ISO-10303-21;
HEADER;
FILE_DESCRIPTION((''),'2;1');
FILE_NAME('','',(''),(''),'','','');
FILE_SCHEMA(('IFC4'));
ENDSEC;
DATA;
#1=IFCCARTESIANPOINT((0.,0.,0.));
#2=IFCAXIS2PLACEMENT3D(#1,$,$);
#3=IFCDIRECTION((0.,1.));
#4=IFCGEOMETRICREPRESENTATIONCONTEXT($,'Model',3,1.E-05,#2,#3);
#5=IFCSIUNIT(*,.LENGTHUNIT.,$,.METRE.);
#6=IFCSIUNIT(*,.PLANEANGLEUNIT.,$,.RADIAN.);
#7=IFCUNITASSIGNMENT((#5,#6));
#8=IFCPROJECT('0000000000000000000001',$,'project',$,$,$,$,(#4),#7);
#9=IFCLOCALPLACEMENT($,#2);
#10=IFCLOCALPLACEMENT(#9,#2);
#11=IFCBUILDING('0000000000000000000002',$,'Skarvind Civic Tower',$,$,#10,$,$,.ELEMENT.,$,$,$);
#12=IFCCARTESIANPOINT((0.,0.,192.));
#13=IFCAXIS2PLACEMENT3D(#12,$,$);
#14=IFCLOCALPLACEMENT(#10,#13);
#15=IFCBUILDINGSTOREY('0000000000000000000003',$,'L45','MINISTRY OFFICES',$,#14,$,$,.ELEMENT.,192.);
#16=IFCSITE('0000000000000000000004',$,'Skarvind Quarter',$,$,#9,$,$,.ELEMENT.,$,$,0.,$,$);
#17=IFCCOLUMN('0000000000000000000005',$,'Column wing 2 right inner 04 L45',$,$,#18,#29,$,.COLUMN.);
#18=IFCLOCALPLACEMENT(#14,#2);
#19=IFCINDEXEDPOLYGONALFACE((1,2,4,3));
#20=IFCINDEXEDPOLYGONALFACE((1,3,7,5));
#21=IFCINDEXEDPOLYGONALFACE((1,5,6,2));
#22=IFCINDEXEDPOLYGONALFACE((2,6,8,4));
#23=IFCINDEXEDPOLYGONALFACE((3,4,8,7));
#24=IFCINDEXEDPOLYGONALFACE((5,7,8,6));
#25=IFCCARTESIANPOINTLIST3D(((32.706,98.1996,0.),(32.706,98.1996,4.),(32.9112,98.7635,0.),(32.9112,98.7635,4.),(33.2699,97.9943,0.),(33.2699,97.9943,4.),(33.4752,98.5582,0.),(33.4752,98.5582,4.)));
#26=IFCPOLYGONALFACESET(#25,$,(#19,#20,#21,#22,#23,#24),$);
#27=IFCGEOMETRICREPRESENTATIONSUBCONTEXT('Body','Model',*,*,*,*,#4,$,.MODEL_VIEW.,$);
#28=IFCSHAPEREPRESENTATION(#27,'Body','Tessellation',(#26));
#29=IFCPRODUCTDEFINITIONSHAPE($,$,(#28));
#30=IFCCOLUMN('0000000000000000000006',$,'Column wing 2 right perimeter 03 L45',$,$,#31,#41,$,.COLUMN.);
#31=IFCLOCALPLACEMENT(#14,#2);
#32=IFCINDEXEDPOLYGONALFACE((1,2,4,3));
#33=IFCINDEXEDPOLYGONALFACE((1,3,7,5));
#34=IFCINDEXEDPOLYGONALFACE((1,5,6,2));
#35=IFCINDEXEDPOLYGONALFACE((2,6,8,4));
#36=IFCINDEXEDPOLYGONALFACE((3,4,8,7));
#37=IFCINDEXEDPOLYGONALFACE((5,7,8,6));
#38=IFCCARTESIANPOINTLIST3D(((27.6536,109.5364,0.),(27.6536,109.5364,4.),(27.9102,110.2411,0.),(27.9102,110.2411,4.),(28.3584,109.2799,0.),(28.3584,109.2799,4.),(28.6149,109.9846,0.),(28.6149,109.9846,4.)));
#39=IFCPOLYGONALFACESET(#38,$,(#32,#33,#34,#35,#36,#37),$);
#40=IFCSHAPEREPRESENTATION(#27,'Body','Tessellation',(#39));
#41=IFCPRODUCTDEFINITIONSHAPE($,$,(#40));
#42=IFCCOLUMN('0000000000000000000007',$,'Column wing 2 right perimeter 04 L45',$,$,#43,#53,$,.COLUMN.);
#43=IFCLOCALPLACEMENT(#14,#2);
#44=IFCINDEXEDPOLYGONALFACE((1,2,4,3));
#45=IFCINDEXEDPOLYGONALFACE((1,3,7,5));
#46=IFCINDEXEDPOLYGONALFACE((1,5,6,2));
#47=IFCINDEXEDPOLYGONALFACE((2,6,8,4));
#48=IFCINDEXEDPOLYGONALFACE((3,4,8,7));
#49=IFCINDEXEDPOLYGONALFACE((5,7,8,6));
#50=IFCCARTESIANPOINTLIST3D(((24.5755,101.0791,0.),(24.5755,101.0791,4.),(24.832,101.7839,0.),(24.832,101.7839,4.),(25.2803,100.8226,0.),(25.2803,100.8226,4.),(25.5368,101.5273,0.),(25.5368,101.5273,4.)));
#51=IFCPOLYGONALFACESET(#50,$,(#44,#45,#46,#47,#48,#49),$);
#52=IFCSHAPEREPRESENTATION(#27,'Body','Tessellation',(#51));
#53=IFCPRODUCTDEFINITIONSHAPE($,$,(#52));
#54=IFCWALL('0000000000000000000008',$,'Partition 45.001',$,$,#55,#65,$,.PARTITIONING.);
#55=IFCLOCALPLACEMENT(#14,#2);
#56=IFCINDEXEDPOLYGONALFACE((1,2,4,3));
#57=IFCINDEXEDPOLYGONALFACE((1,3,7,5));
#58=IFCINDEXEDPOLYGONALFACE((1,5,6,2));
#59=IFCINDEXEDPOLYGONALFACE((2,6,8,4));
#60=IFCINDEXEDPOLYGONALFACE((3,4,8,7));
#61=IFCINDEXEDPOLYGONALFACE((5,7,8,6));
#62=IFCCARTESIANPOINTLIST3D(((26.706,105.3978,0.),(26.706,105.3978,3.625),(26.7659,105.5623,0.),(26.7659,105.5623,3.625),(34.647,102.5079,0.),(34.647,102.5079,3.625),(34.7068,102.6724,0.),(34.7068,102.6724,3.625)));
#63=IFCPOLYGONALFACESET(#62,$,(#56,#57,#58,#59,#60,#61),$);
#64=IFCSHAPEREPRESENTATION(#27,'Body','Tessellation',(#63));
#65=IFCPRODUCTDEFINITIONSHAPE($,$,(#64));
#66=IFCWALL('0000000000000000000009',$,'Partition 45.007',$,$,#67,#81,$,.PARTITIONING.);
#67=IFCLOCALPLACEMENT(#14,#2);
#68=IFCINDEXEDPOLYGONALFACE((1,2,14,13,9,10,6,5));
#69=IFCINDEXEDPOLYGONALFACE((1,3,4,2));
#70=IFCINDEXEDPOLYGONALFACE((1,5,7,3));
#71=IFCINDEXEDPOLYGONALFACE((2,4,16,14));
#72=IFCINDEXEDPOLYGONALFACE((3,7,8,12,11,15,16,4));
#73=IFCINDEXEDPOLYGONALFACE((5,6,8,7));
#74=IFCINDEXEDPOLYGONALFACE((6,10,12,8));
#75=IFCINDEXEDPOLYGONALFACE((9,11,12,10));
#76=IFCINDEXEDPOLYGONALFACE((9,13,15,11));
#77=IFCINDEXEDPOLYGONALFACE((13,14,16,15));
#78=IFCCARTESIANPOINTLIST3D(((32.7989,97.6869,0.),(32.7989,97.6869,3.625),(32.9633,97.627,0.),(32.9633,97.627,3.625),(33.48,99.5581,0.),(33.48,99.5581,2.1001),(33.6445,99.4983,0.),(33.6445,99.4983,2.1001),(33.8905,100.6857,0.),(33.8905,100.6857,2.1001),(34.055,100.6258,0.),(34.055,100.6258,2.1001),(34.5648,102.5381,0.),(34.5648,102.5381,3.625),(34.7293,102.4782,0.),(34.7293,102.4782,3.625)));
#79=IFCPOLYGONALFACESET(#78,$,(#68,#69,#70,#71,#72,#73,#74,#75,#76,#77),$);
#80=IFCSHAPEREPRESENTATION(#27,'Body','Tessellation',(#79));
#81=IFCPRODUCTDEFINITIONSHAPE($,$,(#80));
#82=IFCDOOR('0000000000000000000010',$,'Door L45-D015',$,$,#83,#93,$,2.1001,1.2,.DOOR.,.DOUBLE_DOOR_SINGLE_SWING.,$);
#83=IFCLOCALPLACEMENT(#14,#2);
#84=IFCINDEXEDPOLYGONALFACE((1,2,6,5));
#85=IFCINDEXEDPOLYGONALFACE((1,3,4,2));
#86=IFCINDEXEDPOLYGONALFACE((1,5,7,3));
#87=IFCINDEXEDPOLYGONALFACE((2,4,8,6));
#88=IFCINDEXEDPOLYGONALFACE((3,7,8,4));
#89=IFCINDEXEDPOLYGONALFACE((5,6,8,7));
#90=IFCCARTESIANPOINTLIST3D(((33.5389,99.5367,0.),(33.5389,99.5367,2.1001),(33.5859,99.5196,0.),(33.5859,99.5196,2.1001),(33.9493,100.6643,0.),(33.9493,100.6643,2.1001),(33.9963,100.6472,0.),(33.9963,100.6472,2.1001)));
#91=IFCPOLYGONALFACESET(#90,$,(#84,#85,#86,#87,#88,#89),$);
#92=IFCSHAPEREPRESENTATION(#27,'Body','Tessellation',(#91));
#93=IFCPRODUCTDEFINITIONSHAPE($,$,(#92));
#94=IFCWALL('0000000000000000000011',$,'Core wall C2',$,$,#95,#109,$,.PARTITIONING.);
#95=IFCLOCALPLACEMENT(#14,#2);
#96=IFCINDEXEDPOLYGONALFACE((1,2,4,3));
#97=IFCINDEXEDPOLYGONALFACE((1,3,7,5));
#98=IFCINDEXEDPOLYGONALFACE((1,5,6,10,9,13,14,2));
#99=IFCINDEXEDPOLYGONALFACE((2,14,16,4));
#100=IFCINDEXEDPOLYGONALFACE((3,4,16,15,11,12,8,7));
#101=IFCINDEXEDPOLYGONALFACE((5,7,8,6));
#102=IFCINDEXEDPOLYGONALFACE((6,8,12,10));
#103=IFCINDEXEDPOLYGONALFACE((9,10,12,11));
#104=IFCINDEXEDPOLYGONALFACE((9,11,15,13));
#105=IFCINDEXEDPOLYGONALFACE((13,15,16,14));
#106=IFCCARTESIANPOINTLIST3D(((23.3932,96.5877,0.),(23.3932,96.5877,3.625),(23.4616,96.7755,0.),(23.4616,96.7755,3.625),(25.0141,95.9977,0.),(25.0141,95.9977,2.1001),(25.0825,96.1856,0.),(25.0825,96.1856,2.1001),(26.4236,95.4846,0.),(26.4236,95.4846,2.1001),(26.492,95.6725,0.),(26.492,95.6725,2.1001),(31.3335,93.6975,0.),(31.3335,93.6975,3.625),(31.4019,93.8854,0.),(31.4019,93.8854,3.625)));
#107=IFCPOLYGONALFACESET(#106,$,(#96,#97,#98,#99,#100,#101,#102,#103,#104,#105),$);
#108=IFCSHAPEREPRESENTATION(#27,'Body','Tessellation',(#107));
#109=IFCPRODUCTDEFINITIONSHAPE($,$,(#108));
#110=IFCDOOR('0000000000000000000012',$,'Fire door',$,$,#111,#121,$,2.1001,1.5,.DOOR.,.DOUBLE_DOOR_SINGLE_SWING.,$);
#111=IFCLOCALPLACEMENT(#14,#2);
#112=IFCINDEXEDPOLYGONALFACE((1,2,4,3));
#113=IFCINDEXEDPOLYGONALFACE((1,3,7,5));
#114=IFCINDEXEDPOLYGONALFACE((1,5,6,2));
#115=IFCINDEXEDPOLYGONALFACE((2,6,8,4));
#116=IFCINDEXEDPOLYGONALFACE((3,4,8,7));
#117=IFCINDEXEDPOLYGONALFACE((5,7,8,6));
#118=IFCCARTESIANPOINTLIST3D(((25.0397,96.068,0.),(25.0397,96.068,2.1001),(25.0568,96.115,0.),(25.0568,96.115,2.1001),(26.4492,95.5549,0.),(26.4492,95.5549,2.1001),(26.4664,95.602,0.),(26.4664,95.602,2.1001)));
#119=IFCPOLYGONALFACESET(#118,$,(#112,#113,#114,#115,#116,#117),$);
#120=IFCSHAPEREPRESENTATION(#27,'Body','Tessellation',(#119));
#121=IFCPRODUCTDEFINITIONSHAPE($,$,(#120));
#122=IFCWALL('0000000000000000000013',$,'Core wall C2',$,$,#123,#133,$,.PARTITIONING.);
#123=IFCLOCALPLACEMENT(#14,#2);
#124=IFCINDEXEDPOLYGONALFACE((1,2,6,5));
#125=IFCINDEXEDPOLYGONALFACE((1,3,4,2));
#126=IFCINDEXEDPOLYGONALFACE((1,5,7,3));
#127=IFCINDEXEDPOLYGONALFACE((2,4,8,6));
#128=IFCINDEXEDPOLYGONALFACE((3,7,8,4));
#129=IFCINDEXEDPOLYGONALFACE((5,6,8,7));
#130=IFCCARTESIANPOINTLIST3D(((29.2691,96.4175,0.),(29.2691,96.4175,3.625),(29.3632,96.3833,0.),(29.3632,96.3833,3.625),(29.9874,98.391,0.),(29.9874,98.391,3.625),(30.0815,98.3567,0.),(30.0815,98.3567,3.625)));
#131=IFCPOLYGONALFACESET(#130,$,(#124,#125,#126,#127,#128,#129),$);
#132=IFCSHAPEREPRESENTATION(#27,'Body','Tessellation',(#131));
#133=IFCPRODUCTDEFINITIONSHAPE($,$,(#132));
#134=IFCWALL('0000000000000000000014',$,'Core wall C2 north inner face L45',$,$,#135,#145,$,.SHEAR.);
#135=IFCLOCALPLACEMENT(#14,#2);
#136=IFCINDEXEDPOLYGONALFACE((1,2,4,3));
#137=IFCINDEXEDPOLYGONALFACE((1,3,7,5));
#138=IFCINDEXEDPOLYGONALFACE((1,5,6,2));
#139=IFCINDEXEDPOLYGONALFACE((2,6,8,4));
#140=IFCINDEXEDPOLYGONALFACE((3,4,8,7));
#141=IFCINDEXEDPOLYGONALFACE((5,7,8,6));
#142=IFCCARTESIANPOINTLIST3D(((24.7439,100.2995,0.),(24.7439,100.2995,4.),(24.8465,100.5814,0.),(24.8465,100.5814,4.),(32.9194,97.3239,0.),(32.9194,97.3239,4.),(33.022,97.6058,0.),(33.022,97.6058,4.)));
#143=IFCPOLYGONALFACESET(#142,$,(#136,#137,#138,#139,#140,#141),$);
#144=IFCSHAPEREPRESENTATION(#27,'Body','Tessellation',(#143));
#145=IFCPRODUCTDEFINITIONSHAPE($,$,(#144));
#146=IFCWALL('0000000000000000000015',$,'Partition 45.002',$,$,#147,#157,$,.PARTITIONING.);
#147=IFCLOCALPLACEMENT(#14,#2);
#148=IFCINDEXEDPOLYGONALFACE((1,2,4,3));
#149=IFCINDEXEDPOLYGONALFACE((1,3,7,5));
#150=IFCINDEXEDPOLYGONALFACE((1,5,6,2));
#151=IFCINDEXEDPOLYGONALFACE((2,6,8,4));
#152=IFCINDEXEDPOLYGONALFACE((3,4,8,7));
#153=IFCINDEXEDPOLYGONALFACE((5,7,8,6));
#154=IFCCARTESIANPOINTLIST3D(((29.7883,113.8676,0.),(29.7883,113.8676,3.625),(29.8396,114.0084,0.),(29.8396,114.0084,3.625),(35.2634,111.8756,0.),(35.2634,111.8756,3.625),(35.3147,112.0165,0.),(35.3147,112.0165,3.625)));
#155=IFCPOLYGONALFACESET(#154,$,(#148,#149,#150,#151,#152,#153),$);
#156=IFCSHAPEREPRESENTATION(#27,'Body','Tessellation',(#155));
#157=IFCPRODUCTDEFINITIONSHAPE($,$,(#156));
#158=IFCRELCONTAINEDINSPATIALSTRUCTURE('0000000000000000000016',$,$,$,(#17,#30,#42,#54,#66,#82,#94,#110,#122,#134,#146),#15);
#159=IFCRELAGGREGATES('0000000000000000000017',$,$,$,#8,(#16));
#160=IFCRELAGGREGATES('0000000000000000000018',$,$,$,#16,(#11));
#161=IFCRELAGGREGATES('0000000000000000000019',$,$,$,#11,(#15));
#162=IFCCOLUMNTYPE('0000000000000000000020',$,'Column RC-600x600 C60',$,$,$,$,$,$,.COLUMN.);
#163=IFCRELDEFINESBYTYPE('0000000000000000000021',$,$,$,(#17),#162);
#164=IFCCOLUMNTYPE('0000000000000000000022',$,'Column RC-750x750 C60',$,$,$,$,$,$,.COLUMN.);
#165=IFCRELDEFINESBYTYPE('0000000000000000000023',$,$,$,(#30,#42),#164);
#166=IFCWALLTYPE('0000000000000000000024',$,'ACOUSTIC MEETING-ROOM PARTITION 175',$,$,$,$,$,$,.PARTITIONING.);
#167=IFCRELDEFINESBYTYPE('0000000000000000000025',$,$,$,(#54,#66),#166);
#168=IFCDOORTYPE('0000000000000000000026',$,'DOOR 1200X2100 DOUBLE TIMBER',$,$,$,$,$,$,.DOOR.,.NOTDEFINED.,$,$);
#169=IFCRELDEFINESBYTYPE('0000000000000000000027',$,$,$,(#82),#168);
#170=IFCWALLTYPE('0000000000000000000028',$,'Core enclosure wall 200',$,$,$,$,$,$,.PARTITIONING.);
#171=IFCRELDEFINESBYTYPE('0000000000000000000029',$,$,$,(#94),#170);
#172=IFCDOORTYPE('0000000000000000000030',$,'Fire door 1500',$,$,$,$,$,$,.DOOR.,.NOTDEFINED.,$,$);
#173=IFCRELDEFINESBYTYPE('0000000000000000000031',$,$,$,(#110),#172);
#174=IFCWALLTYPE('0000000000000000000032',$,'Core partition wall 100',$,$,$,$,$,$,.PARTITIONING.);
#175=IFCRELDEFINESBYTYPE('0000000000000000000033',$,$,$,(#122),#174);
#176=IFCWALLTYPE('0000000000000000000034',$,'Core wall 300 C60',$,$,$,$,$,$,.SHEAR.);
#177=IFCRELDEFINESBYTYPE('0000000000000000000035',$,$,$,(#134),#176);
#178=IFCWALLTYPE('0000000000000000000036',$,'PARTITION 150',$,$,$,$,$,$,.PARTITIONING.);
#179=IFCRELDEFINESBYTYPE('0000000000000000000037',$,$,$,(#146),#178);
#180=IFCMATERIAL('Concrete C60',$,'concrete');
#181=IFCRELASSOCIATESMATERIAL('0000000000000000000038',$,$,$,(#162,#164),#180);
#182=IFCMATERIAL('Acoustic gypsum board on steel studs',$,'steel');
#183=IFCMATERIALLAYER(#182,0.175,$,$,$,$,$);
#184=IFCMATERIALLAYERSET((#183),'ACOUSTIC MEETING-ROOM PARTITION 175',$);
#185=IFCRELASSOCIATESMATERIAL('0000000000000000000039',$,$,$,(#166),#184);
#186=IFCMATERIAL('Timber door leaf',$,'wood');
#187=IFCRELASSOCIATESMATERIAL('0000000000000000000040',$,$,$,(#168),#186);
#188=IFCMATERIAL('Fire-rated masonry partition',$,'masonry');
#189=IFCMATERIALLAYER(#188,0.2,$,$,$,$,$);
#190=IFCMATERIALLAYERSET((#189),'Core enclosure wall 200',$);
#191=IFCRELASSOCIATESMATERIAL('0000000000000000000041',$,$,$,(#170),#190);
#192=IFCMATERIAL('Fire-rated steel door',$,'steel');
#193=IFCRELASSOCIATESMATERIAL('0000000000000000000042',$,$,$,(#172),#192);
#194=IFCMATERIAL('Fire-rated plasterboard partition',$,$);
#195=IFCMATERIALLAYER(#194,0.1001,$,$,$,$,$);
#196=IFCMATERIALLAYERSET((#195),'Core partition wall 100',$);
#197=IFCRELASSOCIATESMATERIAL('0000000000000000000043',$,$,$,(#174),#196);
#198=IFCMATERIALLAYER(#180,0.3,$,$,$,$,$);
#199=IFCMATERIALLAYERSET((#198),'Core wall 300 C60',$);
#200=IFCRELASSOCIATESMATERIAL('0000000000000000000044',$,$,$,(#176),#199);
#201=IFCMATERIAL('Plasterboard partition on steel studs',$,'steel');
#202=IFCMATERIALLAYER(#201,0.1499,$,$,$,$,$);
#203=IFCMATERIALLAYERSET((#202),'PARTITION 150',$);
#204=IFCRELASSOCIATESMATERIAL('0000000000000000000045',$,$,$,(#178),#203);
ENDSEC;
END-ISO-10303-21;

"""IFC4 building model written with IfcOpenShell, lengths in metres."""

from ifc_helpers import new_model, si_unit, direction, frame, frame_2d, origin, origin_2d, place, context, subcontext, project, spatial, rectangle, extrude, material, layer, layer_set, material_profile, profile_set, type_object, element, fill, save


model = new_model("IFC4")

# Units and contexts
model_context = context("Model", 3, precision=1e-05, world=origin(), true_north=direction((0.0, 1.0)))
body_context = subcontext(model_context, "Body", "Model", "MODEL_VIEW")
ifc_project = project(units=[si_unit("LENGTHUNIT", "METRE"), si_unit("PLANEANGLEUNIT", "RADIAN")], contexts=[model_context])

# Site, building, storey
site_placement = place(None, origin())
site = spatial("IfcSite", under=ifc_project, at=site_placement, Name="Skarvind Quarter", CompositionType="ELEMENT", RefElevation=0.0)
building_placement = place(site_placement, origin())
building = spatial("IfcBuilding", under=site, at=building_placement, Name="Skarvind Civic Tower", CompositionType="ELEMENT")
storey_placement = place(building_placement, frame((0.0, 0.0, 192.0)))
storey = spatial("IfcBuildingStorey", under=building, at=storey_placement, Name="L45", Description="MINISTRY OFFICES", CompositionType="ELEMENT", Elevation=192.0)

# Columns
ifc_material_1 = material(Name="Concrete C60", Category="concrete")
ifc_material_profile_1 = material_profile(ifc_material_1, rectangle(XDim=0.6001, YDim=0.6001, at=origin_2d()), Name="RC-600x600")
ifc_profile_set_1 = profile_set([ifc_material_profile_1], Name="Concrete C60")
column_type_1 = type_object("IfcColumnType", Name="Column RC-600x600 C60", PredefinedType="COLUMN", material=ifc_profile_set_1)
column_placement = place(storey_placement, frame((33.0906, 98.3789, 0.0), z_axis=(0.0, 0.0, 1.0), x_axis=(-0.34202, -0.939693, 0.0)))
element("IfcColumn", 1, at=column_placement, inside=storey, type_object=column_type_1, Name="Column wing 2 right inner 04 L45", PredefinedType="COLUMN", context=body_context, shape_type="SweptSolid", body=[
    extrude(rectangle(XDim=0.6001, YDim=0.6001, at=origin_2d()), origin(), (0.0, 0.0, 1.0), 4.0),
])
ifc_material_profile_2 = material_profile(ifc_material_1, rectangle(XDim=0.75, YDim=0.75, at=origin_2d()), Name="RC-750x750")
ifc_profile_set_2 = profile_set([ifc_material_profile_2], Name="Concrete C60")
column_type_2 = type_object("IfcColumnType", Name="Column RC-750x750 C60", PredefinedType="COLUMN", material=ifc_profile_set_2)
for number, where, z_axis, x_axis, name in (
    (2, (28.1343, 109.7605, 0.0), (0.0, 0.0, 1.0), (-0.34202, -0.939693, 0.0), "Column wing 2 right perimeter 03 L45"),
    (3, (25.0562, 101.3032, 0.0), (0.0, 0.0, 1.0), (-0.34202, -0.939693, 0.0), "Column wing 2 right perimeter 04 L45"),
):
    element("IfcColumn", number, at=place(storey_placement, frame(where, z_axis=z_axis, x_axis=x_axis)), inside=storey, type_object=column_type_2, Name=name, PredefinedType="COLUMN", context=body_context, shape_type="SweptSolid", body=[
        extrude(rectangle(XDim=0.75, YDim=0.75, at=origin_2d()), origin(), (0.0, 0.0, 1.0), 4.0),
    ])

# Wall
ifc_material_2 = material(Name="Acoustic gypsum board on steel studs", Category="steel")
ifc_layer_1 = layer(ifc_material_2, 0.175)
ifc_layer_set_1 = layer_set([ifc_layer_1], Name="ACOUSTIC MEETING-ROOM PARTITION 175")
wall_type_1 = type_object("IfcWallType", Name="ACOUSTIC MEETING-ROOM PARTITION 175", PredefinedType="PARTITIONING", material=ifc_layer_set_1)
wall_1_placement = place(storey_placement, frame((26.7361, 105.48, 0.0), z_axis=(0.0, 0.0, 1.0), x_axis=(0.939707, -0.341982, 0.0)))
element("IfcWall", 4, at=wall_1_placement, inside=storey, type_object=wall_type_1, Name="Partition 45.001", PredefinedType="PARTITIONING", context=body_context, shape_type="SweptSolid", body=[
    extrude(rectangle(XDim=8.4504, YDim=0.175, at=frame_2d((4.2251, 0.0))), origin(), (0.0, 0.0, 1.0), 3.625),
])

# Walls, openings, doors
wall_2_placement = place(storey_placement, frame((32.8811, 97.657, 0.0), z_axis=(0.0, 0.0, 1.0), x_axis=(0.342058, 0.939679, 0.0)))
wall_2 = element("IfcWall", 5, at=wall_2_placement, inside=storey, type_object=wall_type_1, Name="Partition 45.007", PredefinedType="PARTITIONING", context=body_context, shape_type="SweptSolid", body=[
    extrude(rectangle(XDim=5.1626, YDim=0.175, at=frame_2d((2.5813, 0.0))), origin(), (0.0, 0.0, 1.0), 3.625),
])
opening_1_placement = place(wall_2_placement, frame((1.9912, 0.0, 0.0)))
opening_1 = element("IfcOpeningElement", 6, at=opening_1_placement, cuts=wall_2, PredefinedType="OPENING", context=body_context, shape_type="SweptSolid", body=[
    extrude(rectangle(XDim=1.2, YDim=2.1001, at=frame_2d((0.6001, 1.05))), frame((0.0, 0.0974, 0.0), z_axis=(0.0, -1.0, 0.0), x_axis=(1.0, 0.0, 0.0)), (0.0, 0.0, 1.0), 0.1951),
])
ifc_material_3 = material(Name="Timber door leaf", Category="wood")
door_type_1 = type_object("IfcDoorType", Name="DOOR 1200X2100 DOUBLE TIMBER", OperationType="NOTDEFINED", PredefinedType="DOOR", material=ifc_material_3)
door_1_placement = place(opening_1_placement, origin())
door_1 = element("IfcDoor", 7, at=door_1_placement, inside=storey, type_object=door_type_1, Name="Door L45-D015", OperationType="DOUBLE_DOOR_SINGLE_SWING", OverallHeight=2.1001, OverallWidth=1.2, PredefinedType="DOOR", context=body_context, shape_type="SweptSolid", body=[
    extrude(rectangle(XDim=1.2, YDim=2.1001, at=frame_2d((0.6001, 1.05))), frame((0.0, 0.0249, 0.0), z_axis=(0.0, -1.0, 0.0), x_axis=(1.0, 0.0, 0.0)), (0.0, 0.0, 1.0), 0.05),
])
fill(opening_1, door_1)
ifc_material_4 = material(Name="Fire-rated masonry partition", Category="masonry")
ifc_layer_2 = layer(ifc_material_4, 0.2)
ifc_layer_set_2 = layer_set([ifc_layer_2], Name="Core enclosure wall 200")
wall_type_2 = type_object("IfcWallType", Name="Core enclosure wall 200", PredefinedType="PARTITIONING", material=ifc_layer_set_2)
wall_3_placement = place(storey_placement, frame((23.4272, 96.6816, 0.0), z_axis=(0.0, 0.0, 1.0), x_axis=(0.93969, -0.342026, 0.0)))
wall_3 = element("IfcWall", 8, at=wall_3_placement, inside=storey, type_object=wall_type_2, Name="Core wall C2", PredefinedType="PARTITIONING", context=body_context, shape_type="SweptSolid", body=[
    extrude(rectangle(XDim=8.45, YDim=0.2, at=frame_2d((4.2251, 0.0))), origin(), (0.0, 0.0, 1.0), 3.625),
])
opening_2_placement = place(wall_3_placement, frame((1.7251, 0.0, 0.0)))
opening_2 = element("IfcOpeningElement", 9, at=opening_2_placement, cuts=wall_3, PredefinedType="OPENING", context=body_context, shape_type="SweptSolid", body=[
    extrude(rectangle(XDim=1.5, YDim=2.1001, at=frame_2d((0.75, 1.05))), frame((0.0, 0.1099, 0.0), z_axis=(0.0, -1.0, 0.0), x_axis=(1.0, 0.0, 0.0)), (0.0, 0.0, 1.0), 0.22),
])
ifc_material_5 = material(Name="Fire-rated steel door", Category="steel")
door_type_2 = type_object("IfcDoorType", Name="Fire door 1500", OperationType="NOTDEFINED", PredefinedType="DOOR", material=ifc_material_5)
door_2_placement = place(opening_2_placement, origin())
door_2 = element("IfcDoor", 10, at=door_2_placement, inside=storey, type_object=door_type_2, Name="Fire door", OperationType="DOUBLE_DOOR_SINGLE_SWING", OverallHeight=2.1001, OverallWidth=1.5, PredefinedType="DOOR", context=body_context, shape_type="SweptSolid", body=[
    extrude(rectangle(XDim=1.5, YDim=2.1001, at=frame_2d((0.75, 1.05))), frame((0.0, 0.0249, 0.0), z_axis=(0.0, -1.0, 0.0), x_axis=(1.0, 0.0, 0.0)), (0.0, 0.0, 1.0), 0.05),
])
fill(opening_2, door_2)

# Walls
ifc_material_6 = material(Name="Fire-rated plasterboard partition")
ifc_layer_3 = layer(ifc_material_6, 0.1001)
ifc_layer_set_3 = layer_set([ifc_layer_3], Name="Core partition wall 100")
wall_type_3 = type_object("IfcWallType", Name="Core partition wall 100", PredefinedType="PARTITIONING", material=ifc_layer_set_3)
wall_4_placement = place(storey_placement, frame((29.3162, 96.4004, 0.0), z_axis=(0.0, 0.0, 1.0), x_axis=(0.342023, 0.939692, 0.0)))
element("IfcWall", 11, at=wall_4_placement, inside=storey, type_object=wall_type_3, Name="Core wall C2", PredefinedType="PARTITIONING", context=body_context, shape_type="SweptSolid", body=[
    extrude(rectangle(XDim=2.1001, YDim=0.1001, at=frame_2d((1.05, 0.0))), origin(), (0.0, 0.0, 1.0), 3.625),
])
ifc_layer_4 = layer(ifc_material_1, 0.3)
ifc_layer_set_4 = layer_set([ifc_layer_4], Name="Core wall 300 C60")
wall_type_4 = type_object("IfcWallType", Name="Core wall 300 C60", PredefinedType="SHEAR", material=ifc_layer_set_4)
wall_5_placement = place(storey_placement, frame((32.9707, 97.4648, 0.0), z_axis=(0.0, 0.0, 1.0), x_axis=(-0.939695, 0.342013, 0.0)))
element("IfcWall", 12, at=wall_5_placement, inside=storey, type_object=wall_type_4, Name="Core wall C2 north inner face L45", PredefinedType="SHEAR", context=body_context, shape_type="SweptSolid", body=[
    extrude(rectangle(XDim=8.7002, YDim=0.3, at=frame_2d((4.3501, 0.0))), origin(), (0.0, 0.0, 1.0), 4.0),
])
ifc_material_7 = material(Name="Plasterboard partition on steel studs", Category="steel")
ifc_layer_5 = layer(ifc_material_7, 0.1499)
ifc_layer_set_5 = layer_set([ifc_layer_5], Name="PARTITION 150")
wall_type_5 = type_object("IfcWallType", Name="PARTITION 150", PredefinedType="PARTITIONING", material=ifc_layer_set_5)
wall_6_placement = place(storey_placement, frame((29.814, 113.938, 0.0), z_axis=(0.0, 0.0, 1.0), x_axis=(0.939738, -0.341894, 0.0)))
element("IfcWall", 13, at=wall_6_placement, inside=storey, type_object=wall_type_5, Name="Partition 45.002", PredefinedType="PARTITIONING", context=body_context, shape_type="SweptSolid", body=[
    extrude(rectangle(XDim=5.8262, YDim=0.1499, at=frame_2d((2.9131, 0.0))), origin(), (0.0, 0.0, 1.0), 3.625),
])

save(model, "model.ifc")
